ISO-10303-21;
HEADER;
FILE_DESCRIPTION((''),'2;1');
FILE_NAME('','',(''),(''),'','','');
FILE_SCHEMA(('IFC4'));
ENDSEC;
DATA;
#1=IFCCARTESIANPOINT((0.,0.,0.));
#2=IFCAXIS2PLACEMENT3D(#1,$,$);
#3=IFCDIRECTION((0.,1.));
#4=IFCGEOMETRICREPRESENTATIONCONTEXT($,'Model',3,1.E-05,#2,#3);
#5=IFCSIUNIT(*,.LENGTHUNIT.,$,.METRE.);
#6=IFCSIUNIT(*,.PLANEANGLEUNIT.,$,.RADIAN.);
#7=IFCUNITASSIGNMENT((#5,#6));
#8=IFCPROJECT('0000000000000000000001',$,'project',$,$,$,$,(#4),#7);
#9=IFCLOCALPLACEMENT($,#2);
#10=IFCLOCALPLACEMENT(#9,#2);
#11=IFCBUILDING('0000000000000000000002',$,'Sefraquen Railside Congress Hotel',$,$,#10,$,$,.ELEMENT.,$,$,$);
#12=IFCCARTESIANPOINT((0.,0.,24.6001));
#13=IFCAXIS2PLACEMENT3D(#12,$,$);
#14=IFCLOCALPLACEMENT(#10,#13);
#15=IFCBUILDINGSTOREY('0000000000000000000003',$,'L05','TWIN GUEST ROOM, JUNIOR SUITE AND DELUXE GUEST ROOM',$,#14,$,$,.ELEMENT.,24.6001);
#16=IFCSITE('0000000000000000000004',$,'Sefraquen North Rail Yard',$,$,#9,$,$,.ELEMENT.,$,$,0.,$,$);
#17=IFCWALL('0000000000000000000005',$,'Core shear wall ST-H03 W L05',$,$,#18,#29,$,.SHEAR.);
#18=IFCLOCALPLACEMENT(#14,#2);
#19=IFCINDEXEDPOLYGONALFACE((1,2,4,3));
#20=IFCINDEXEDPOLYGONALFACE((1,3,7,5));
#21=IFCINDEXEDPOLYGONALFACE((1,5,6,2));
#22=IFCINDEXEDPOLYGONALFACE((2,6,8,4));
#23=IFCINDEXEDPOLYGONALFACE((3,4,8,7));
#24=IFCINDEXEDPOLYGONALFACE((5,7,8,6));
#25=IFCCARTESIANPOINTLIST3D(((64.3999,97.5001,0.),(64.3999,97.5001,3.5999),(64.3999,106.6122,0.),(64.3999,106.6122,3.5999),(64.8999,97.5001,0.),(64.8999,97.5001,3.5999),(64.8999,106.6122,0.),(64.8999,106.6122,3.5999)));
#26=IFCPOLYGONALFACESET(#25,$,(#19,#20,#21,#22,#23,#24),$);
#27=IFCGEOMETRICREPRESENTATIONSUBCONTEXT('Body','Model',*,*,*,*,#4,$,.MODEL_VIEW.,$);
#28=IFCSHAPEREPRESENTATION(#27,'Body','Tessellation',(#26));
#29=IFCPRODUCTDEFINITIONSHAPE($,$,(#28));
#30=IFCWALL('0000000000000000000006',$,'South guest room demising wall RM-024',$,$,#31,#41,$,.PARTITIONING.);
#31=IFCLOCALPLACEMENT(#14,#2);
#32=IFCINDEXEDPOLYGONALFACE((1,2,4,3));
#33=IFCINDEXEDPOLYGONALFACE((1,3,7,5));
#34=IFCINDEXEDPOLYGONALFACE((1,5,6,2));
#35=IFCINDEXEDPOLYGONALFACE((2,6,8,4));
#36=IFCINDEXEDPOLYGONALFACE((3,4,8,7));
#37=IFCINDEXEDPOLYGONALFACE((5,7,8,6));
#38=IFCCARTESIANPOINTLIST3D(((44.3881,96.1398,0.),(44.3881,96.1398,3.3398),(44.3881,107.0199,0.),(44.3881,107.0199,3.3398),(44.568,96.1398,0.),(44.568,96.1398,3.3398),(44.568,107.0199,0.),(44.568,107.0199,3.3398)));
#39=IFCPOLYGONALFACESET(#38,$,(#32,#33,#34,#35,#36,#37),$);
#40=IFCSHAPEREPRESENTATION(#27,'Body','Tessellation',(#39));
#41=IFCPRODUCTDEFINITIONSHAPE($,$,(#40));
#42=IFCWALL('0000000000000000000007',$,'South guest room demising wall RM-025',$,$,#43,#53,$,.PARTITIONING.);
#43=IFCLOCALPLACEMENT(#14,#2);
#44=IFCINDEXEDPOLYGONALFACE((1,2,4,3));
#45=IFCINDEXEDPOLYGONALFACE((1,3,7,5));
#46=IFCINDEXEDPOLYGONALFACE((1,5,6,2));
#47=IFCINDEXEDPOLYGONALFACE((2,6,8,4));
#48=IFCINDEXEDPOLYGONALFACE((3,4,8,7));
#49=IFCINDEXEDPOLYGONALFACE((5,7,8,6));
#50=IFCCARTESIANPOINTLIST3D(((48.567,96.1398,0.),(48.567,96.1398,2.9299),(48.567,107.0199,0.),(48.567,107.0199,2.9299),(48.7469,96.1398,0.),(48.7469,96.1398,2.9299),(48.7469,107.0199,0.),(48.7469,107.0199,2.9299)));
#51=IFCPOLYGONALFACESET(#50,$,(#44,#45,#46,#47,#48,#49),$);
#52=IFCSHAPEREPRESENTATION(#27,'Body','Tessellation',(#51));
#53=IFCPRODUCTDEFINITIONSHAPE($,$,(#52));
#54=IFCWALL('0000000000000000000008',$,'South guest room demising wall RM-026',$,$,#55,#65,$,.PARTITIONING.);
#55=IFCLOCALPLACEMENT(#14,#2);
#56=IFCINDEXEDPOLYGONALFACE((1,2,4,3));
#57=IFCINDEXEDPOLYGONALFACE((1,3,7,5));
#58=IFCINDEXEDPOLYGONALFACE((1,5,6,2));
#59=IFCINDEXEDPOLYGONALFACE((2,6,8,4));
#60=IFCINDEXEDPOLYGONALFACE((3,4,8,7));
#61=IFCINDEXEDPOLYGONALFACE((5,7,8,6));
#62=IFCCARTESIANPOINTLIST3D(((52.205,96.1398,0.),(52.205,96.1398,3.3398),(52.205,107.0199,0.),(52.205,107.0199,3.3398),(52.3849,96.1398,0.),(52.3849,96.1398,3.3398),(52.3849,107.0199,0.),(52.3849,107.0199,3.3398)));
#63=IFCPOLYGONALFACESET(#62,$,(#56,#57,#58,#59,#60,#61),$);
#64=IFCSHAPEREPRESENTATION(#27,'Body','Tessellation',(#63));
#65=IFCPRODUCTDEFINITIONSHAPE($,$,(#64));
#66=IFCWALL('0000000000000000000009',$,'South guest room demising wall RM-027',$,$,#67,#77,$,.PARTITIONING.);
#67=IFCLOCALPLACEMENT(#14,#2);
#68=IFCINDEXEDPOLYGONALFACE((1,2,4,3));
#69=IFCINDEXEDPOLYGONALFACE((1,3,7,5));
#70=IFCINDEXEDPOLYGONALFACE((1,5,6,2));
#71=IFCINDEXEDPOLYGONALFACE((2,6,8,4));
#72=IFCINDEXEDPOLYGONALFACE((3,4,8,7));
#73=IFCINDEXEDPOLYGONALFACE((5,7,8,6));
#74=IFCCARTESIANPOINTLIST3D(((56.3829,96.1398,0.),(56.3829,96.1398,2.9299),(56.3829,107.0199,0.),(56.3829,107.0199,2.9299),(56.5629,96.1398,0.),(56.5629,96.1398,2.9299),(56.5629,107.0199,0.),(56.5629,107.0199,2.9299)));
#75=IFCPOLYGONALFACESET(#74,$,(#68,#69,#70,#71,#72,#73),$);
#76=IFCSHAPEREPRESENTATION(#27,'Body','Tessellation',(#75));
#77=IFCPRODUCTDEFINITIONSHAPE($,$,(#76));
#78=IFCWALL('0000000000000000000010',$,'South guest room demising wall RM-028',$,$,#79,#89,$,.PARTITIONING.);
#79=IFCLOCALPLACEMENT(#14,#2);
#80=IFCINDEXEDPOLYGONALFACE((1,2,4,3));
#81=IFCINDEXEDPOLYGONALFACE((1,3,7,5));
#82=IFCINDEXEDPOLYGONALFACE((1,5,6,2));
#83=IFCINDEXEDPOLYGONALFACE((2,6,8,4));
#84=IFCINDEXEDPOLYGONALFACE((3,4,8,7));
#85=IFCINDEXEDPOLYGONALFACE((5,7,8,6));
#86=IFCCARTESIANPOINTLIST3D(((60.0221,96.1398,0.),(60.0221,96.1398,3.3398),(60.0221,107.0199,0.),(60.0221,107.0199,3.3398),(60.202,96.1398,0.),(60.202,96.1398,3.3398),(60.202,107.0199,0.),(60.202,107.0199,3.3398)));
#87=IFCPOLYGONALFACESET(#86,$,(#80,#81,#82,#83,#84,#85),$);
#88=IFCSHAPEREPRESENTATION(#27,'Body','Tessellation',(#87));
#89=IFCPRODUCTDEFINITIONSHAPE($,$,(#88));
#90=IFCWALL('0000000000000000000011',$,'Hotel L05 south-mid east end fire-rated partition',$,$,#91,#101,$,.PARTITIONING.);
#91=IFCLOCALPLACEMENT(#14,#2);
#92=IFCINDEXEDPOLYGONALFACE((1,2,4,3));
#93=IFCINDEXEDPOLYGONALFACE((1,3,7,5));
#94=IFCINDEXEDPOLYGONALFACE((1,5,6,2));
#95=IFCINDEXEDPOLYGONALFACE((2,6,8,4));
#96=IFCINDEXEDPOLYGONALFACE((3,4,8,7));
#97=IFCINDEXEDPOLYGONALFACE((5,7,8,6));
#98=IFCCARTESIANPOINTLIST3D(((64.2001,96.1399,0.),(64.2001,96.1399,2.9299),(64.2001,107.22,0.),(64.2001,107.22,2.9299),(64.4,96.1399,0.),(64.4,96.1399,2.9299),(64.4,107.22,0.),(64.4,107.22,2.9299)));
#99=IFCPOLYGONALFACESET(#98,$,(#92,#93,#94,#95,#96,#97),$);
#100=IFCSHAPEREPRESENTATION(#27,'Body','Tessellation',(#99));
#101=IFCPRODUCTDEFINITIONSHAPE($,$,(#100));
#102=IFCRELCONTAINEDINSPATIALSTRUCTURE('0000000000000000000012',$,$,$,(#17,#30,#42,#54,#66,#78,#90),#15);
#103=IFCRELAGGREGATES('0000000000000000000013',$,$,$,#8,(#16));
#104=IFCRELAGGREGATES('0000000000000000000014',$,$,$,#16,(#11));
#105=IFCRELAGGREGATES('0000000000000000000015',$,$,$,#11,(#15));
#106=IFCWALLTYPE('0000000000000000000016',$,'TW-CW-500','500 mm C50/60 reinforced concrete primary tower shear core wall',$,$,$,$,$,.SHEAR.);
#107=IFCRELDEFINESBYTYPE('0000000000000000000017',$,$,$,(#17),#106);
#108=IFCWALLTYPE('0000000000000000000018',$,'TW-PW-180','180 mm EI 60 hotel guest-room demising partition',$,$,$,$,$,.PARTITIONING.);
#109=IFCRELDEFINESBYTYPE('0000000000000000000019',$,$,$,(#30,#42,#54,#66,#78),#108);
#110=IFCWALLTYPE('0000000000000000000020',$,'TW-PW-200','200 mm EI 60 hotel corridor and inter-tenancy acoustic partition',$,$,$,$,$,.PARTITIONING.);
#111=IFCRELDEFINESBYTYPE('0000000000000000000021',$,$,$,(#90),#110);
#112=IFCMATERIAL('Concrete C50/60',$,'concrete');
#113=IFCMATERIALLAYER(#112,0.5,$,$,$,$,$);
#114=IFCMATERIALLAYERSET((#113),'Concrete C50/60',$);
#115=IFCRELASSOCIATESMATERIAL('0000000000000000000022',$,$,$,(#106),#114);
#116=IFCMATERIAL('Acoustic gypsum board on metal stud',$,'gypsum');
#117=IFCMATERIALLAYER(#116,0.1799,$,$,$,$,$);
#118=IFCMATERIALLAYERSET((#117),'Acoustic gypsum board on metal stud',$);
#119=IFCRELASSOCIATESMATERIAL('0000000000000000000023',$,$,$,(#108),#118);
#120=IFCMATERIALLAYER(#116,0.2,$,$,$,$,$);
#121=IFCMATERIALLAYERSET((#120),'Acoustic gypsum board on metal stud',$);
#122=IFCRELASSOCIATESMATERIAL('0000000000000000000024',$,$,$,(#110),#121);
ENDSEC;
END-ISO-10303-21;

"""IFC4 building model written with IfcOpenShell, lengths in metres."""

from ifc_helpers import new_model, si_unit, direction, frame, frame_2d, origin, place, context, subcontext, project, spatial, rectangle, extrude, material, layer, layer_set, type_object, element, save


model = new_model("IFC4")

# Units and contexts
model_context = context("Model", 3, precision=1e-05, world=origin(), true_north=direction((0.0, 1.0)))
body_context = subcontext(model_context, "Body", "Model", "MODEL_VIEW")
ifc_project = project(units=[si_unit("LENGTHUNIT", "METRE"), si_unit("PLANEANGLEUNIT", "RADIAN")], contexts=[model_context])

# Site, building, storey
site_placement = place(None, origin())
site = spatial("IfcSite", under=ifc_project, at=site_placement, Name="Sefraquen North Rail Yard", CompositionType="ELEMENT", RefElevation=0.0)
building_placement = place(site_placement, origin())
building = spatial("IfcBuilding", under=site, at=building_placement, Name="Sefraquen Railside Congress Hotel", CompositionType="ELEMENT")
storey_placement = place(building_placement, frame((0.0, 0.0, 24.6001)))
storey = spatial("IfcBuildingStorey", under=building, at=storey_placement, Name="L05", Description="TWIN GUEST ROOM, JUNIOR SUITE AND DELUXE GUEST ROOM", CompositionType="ELEMENT", Elevation=24.6001)

# Walls
ifc_material_1 = material(Name="Concrete C50/60", Category="concrete")
ifc_layer_1 = layer(ifc_material_1, 0.5)
ifc_layer_set_1 = layer_set([ifc_layer_1], Name="Concrete C50/60")
wall_type_1 = type_object("IfcWallType", Name="TW-CW-500", Description="500 mm C50/60 reinforced concrete primary tower shear core wall", PredefinedType="SHEAR", material=ifc_layer_set_1)
wall_1_placement = place(storey_placement, frame((64.6499, 97.5, 0.0), z_axis=(0.0, 0.0, 1.0), x_axis=(0.0, 1.0, 0.0)))
element("IfcWall", 1, at=wall_1_placement, inside=storey, type_object=wall_type_1, Name="Core shear wall ST-H03 W L05", PredefinedType="SHEAR", context=body_context, shape_type="SweptSolid", body=[
    extrude(rectangle(XDim=9.1121, YDim=0.5, at=frame_2d((4.5562, 0.0))), origin(), (0.0, 0.0, 1.0), 3.5999),
])
ifc_material_2 = material(Name="Acoustic gypsum board on metal stud", Category="gypsum")
ifc_layer_2 = layer(ifc_material_2, 0.1799)
ifc_layer_set_2 = layer_set([ifc_layer_2], Name="Acoustic gypsum board on metal stud")
wall_type_2 = type_object("IfcWallType", Name="TW-PW-180", Description="180 mm EI 60 hotel guest-room demising partition", PredefinedType="PARTITIONING", material=ifc_layer_set_2)
wall_2_placement = place(storey_placement, frame((44.478, 96.1399, 0.0), z_axis=(0.0, 0.0, 1.0), x_axis=(0.0, 1.0, 0.0)))
element("IfcWall", 2, at=wall_2_placement, inside=storey, type_object=wall_type_2, Name="South guest room demising wall RM-024", PredefinedType="PARTITIONING", context=body_context, shape_type="SweptSolid", body=[
    extrude(rectangle(XDim=10.8801, YDim=0.1799, at=frame_2d((5.4399, 0.0))), origin(), (0.0, 0.0, 1.0), 3.3398),
])
wall_3_placement = place(storey_placement, frame((48.657, 96.1399, 0.0), z_axis=(0.0, 0.0, 1.0), x_axis=(0.0, 1.0, 0.0)))
element("IfcWall", 3, at=wall_3_placement, inside=storey, type_object=wall_type_2, Name="South guest room demising wall RM-025", PredefinedType="PARTITIONING", context=body_context, shape_type="SweptSolid", body=[
    extrude(rectangle(XDim=10.8801, YDim=0.1799, at=frame_2d((5.4399, 0.0))), origin(), (0.0, 0.0, 1.0), 2.9299),
])
wall_4_placement = place(storey_placement, frame((52.2949, 96.1399, 0.0), z_axis=(0.0, 0.0, 1.0), x_axis=(0.0, 1.0, 0.0)))
element("IfcWall", 4, at=wall_4_placement, inside=storey, type_object=wall_type_2, Name="South guest room demising wall RM-026", PredefinedType="PARTITIONING", context=body_context, shape_type="SweptSolid", body=[
    extrude(rectangle(XDim=10.8801, YDim=0.1799, at=frame_2d((5.4399, 0.0))), origin(), (0.0, 0.0, 1.0), 3.3398),
])
wall_5_placement = place(storey_placement, frame((56.4729, 96.1399, 0.0), z_axis=(0.0, 0.0, 1.0), x_axis=(0.0, 1.0, 0.0)))
element("IfcWall", 5, at=wall_5_placement, inside=storey, type_object=wall_type_2, Name="South guest room demising wall RM-027", PredefinedType="PARTITIONING", context=body_context, shape_type="SweptSolid", body=[
    extrude(rectangle(XDim=10.8801, YDim=0.1799, at=frame_2d((5.4399, 0.0))), origin(), (0.0, 0.0, 1.0), 2.9299),
])
wall_6_placement = place(storey_placement, frame((60.1121, 96.1399, 0.0), z_axis=(0.0, 0.0, 1.0), x_axis=(0.0, 1.0, 0.0)))
element("IfcWall", 6, at=wall_6_placement, inside=storey, type_object=wall_type_2, Name="South guest room demising wall RM-028", PredefinedType="PARTITIONING", context=body_context, shape_type="SweptSolid", body=[
    extrude(rectangle(XDim=10.8801, YDim=0.1799, at=frame_2d((5.4399, 0.0))), origin(), (0.0, 0.0, 1.0), 3.3398),
])
ifc_layer_3 = layer(ifc_material_2, 0.2)
ifc_layer_set_3 = layer_set([ifc_layer_3], Name="Acoustic gypsum board on metal stud")
wall_type_3 = type_object("IfcWallType", Name="TW-PW-200", Description="200 mm EI 60 hotel corridor and inter-tenancy acoustic partition", PredefinedType="PARTITIONING", material=ifc_layer_set_3)
wall_7_placement = place(storey_placement, frame((64.3, 96.1399, 0.0), z_axis=(0.0, 0.0, 1.0), x_axis=(0.0, 1.0, 0.0)))
element("IfcWall", 7, at=wall_7_placement, inside=storey, type_object=wall_type_3, Name="Hotel L05 south-mid east end fire-rated partition", PredefinedType="PARTITIONING", context=body_context, shape_type="SweptSolid", body=[
    extrude(rectangle(XDim=11.0801, YDim=0.2, at=frame_2d((5.54, 0.0))), origin(), (0.0, 0.0, 1.0), 2.9299),
])

save(model, "model.ifc")
